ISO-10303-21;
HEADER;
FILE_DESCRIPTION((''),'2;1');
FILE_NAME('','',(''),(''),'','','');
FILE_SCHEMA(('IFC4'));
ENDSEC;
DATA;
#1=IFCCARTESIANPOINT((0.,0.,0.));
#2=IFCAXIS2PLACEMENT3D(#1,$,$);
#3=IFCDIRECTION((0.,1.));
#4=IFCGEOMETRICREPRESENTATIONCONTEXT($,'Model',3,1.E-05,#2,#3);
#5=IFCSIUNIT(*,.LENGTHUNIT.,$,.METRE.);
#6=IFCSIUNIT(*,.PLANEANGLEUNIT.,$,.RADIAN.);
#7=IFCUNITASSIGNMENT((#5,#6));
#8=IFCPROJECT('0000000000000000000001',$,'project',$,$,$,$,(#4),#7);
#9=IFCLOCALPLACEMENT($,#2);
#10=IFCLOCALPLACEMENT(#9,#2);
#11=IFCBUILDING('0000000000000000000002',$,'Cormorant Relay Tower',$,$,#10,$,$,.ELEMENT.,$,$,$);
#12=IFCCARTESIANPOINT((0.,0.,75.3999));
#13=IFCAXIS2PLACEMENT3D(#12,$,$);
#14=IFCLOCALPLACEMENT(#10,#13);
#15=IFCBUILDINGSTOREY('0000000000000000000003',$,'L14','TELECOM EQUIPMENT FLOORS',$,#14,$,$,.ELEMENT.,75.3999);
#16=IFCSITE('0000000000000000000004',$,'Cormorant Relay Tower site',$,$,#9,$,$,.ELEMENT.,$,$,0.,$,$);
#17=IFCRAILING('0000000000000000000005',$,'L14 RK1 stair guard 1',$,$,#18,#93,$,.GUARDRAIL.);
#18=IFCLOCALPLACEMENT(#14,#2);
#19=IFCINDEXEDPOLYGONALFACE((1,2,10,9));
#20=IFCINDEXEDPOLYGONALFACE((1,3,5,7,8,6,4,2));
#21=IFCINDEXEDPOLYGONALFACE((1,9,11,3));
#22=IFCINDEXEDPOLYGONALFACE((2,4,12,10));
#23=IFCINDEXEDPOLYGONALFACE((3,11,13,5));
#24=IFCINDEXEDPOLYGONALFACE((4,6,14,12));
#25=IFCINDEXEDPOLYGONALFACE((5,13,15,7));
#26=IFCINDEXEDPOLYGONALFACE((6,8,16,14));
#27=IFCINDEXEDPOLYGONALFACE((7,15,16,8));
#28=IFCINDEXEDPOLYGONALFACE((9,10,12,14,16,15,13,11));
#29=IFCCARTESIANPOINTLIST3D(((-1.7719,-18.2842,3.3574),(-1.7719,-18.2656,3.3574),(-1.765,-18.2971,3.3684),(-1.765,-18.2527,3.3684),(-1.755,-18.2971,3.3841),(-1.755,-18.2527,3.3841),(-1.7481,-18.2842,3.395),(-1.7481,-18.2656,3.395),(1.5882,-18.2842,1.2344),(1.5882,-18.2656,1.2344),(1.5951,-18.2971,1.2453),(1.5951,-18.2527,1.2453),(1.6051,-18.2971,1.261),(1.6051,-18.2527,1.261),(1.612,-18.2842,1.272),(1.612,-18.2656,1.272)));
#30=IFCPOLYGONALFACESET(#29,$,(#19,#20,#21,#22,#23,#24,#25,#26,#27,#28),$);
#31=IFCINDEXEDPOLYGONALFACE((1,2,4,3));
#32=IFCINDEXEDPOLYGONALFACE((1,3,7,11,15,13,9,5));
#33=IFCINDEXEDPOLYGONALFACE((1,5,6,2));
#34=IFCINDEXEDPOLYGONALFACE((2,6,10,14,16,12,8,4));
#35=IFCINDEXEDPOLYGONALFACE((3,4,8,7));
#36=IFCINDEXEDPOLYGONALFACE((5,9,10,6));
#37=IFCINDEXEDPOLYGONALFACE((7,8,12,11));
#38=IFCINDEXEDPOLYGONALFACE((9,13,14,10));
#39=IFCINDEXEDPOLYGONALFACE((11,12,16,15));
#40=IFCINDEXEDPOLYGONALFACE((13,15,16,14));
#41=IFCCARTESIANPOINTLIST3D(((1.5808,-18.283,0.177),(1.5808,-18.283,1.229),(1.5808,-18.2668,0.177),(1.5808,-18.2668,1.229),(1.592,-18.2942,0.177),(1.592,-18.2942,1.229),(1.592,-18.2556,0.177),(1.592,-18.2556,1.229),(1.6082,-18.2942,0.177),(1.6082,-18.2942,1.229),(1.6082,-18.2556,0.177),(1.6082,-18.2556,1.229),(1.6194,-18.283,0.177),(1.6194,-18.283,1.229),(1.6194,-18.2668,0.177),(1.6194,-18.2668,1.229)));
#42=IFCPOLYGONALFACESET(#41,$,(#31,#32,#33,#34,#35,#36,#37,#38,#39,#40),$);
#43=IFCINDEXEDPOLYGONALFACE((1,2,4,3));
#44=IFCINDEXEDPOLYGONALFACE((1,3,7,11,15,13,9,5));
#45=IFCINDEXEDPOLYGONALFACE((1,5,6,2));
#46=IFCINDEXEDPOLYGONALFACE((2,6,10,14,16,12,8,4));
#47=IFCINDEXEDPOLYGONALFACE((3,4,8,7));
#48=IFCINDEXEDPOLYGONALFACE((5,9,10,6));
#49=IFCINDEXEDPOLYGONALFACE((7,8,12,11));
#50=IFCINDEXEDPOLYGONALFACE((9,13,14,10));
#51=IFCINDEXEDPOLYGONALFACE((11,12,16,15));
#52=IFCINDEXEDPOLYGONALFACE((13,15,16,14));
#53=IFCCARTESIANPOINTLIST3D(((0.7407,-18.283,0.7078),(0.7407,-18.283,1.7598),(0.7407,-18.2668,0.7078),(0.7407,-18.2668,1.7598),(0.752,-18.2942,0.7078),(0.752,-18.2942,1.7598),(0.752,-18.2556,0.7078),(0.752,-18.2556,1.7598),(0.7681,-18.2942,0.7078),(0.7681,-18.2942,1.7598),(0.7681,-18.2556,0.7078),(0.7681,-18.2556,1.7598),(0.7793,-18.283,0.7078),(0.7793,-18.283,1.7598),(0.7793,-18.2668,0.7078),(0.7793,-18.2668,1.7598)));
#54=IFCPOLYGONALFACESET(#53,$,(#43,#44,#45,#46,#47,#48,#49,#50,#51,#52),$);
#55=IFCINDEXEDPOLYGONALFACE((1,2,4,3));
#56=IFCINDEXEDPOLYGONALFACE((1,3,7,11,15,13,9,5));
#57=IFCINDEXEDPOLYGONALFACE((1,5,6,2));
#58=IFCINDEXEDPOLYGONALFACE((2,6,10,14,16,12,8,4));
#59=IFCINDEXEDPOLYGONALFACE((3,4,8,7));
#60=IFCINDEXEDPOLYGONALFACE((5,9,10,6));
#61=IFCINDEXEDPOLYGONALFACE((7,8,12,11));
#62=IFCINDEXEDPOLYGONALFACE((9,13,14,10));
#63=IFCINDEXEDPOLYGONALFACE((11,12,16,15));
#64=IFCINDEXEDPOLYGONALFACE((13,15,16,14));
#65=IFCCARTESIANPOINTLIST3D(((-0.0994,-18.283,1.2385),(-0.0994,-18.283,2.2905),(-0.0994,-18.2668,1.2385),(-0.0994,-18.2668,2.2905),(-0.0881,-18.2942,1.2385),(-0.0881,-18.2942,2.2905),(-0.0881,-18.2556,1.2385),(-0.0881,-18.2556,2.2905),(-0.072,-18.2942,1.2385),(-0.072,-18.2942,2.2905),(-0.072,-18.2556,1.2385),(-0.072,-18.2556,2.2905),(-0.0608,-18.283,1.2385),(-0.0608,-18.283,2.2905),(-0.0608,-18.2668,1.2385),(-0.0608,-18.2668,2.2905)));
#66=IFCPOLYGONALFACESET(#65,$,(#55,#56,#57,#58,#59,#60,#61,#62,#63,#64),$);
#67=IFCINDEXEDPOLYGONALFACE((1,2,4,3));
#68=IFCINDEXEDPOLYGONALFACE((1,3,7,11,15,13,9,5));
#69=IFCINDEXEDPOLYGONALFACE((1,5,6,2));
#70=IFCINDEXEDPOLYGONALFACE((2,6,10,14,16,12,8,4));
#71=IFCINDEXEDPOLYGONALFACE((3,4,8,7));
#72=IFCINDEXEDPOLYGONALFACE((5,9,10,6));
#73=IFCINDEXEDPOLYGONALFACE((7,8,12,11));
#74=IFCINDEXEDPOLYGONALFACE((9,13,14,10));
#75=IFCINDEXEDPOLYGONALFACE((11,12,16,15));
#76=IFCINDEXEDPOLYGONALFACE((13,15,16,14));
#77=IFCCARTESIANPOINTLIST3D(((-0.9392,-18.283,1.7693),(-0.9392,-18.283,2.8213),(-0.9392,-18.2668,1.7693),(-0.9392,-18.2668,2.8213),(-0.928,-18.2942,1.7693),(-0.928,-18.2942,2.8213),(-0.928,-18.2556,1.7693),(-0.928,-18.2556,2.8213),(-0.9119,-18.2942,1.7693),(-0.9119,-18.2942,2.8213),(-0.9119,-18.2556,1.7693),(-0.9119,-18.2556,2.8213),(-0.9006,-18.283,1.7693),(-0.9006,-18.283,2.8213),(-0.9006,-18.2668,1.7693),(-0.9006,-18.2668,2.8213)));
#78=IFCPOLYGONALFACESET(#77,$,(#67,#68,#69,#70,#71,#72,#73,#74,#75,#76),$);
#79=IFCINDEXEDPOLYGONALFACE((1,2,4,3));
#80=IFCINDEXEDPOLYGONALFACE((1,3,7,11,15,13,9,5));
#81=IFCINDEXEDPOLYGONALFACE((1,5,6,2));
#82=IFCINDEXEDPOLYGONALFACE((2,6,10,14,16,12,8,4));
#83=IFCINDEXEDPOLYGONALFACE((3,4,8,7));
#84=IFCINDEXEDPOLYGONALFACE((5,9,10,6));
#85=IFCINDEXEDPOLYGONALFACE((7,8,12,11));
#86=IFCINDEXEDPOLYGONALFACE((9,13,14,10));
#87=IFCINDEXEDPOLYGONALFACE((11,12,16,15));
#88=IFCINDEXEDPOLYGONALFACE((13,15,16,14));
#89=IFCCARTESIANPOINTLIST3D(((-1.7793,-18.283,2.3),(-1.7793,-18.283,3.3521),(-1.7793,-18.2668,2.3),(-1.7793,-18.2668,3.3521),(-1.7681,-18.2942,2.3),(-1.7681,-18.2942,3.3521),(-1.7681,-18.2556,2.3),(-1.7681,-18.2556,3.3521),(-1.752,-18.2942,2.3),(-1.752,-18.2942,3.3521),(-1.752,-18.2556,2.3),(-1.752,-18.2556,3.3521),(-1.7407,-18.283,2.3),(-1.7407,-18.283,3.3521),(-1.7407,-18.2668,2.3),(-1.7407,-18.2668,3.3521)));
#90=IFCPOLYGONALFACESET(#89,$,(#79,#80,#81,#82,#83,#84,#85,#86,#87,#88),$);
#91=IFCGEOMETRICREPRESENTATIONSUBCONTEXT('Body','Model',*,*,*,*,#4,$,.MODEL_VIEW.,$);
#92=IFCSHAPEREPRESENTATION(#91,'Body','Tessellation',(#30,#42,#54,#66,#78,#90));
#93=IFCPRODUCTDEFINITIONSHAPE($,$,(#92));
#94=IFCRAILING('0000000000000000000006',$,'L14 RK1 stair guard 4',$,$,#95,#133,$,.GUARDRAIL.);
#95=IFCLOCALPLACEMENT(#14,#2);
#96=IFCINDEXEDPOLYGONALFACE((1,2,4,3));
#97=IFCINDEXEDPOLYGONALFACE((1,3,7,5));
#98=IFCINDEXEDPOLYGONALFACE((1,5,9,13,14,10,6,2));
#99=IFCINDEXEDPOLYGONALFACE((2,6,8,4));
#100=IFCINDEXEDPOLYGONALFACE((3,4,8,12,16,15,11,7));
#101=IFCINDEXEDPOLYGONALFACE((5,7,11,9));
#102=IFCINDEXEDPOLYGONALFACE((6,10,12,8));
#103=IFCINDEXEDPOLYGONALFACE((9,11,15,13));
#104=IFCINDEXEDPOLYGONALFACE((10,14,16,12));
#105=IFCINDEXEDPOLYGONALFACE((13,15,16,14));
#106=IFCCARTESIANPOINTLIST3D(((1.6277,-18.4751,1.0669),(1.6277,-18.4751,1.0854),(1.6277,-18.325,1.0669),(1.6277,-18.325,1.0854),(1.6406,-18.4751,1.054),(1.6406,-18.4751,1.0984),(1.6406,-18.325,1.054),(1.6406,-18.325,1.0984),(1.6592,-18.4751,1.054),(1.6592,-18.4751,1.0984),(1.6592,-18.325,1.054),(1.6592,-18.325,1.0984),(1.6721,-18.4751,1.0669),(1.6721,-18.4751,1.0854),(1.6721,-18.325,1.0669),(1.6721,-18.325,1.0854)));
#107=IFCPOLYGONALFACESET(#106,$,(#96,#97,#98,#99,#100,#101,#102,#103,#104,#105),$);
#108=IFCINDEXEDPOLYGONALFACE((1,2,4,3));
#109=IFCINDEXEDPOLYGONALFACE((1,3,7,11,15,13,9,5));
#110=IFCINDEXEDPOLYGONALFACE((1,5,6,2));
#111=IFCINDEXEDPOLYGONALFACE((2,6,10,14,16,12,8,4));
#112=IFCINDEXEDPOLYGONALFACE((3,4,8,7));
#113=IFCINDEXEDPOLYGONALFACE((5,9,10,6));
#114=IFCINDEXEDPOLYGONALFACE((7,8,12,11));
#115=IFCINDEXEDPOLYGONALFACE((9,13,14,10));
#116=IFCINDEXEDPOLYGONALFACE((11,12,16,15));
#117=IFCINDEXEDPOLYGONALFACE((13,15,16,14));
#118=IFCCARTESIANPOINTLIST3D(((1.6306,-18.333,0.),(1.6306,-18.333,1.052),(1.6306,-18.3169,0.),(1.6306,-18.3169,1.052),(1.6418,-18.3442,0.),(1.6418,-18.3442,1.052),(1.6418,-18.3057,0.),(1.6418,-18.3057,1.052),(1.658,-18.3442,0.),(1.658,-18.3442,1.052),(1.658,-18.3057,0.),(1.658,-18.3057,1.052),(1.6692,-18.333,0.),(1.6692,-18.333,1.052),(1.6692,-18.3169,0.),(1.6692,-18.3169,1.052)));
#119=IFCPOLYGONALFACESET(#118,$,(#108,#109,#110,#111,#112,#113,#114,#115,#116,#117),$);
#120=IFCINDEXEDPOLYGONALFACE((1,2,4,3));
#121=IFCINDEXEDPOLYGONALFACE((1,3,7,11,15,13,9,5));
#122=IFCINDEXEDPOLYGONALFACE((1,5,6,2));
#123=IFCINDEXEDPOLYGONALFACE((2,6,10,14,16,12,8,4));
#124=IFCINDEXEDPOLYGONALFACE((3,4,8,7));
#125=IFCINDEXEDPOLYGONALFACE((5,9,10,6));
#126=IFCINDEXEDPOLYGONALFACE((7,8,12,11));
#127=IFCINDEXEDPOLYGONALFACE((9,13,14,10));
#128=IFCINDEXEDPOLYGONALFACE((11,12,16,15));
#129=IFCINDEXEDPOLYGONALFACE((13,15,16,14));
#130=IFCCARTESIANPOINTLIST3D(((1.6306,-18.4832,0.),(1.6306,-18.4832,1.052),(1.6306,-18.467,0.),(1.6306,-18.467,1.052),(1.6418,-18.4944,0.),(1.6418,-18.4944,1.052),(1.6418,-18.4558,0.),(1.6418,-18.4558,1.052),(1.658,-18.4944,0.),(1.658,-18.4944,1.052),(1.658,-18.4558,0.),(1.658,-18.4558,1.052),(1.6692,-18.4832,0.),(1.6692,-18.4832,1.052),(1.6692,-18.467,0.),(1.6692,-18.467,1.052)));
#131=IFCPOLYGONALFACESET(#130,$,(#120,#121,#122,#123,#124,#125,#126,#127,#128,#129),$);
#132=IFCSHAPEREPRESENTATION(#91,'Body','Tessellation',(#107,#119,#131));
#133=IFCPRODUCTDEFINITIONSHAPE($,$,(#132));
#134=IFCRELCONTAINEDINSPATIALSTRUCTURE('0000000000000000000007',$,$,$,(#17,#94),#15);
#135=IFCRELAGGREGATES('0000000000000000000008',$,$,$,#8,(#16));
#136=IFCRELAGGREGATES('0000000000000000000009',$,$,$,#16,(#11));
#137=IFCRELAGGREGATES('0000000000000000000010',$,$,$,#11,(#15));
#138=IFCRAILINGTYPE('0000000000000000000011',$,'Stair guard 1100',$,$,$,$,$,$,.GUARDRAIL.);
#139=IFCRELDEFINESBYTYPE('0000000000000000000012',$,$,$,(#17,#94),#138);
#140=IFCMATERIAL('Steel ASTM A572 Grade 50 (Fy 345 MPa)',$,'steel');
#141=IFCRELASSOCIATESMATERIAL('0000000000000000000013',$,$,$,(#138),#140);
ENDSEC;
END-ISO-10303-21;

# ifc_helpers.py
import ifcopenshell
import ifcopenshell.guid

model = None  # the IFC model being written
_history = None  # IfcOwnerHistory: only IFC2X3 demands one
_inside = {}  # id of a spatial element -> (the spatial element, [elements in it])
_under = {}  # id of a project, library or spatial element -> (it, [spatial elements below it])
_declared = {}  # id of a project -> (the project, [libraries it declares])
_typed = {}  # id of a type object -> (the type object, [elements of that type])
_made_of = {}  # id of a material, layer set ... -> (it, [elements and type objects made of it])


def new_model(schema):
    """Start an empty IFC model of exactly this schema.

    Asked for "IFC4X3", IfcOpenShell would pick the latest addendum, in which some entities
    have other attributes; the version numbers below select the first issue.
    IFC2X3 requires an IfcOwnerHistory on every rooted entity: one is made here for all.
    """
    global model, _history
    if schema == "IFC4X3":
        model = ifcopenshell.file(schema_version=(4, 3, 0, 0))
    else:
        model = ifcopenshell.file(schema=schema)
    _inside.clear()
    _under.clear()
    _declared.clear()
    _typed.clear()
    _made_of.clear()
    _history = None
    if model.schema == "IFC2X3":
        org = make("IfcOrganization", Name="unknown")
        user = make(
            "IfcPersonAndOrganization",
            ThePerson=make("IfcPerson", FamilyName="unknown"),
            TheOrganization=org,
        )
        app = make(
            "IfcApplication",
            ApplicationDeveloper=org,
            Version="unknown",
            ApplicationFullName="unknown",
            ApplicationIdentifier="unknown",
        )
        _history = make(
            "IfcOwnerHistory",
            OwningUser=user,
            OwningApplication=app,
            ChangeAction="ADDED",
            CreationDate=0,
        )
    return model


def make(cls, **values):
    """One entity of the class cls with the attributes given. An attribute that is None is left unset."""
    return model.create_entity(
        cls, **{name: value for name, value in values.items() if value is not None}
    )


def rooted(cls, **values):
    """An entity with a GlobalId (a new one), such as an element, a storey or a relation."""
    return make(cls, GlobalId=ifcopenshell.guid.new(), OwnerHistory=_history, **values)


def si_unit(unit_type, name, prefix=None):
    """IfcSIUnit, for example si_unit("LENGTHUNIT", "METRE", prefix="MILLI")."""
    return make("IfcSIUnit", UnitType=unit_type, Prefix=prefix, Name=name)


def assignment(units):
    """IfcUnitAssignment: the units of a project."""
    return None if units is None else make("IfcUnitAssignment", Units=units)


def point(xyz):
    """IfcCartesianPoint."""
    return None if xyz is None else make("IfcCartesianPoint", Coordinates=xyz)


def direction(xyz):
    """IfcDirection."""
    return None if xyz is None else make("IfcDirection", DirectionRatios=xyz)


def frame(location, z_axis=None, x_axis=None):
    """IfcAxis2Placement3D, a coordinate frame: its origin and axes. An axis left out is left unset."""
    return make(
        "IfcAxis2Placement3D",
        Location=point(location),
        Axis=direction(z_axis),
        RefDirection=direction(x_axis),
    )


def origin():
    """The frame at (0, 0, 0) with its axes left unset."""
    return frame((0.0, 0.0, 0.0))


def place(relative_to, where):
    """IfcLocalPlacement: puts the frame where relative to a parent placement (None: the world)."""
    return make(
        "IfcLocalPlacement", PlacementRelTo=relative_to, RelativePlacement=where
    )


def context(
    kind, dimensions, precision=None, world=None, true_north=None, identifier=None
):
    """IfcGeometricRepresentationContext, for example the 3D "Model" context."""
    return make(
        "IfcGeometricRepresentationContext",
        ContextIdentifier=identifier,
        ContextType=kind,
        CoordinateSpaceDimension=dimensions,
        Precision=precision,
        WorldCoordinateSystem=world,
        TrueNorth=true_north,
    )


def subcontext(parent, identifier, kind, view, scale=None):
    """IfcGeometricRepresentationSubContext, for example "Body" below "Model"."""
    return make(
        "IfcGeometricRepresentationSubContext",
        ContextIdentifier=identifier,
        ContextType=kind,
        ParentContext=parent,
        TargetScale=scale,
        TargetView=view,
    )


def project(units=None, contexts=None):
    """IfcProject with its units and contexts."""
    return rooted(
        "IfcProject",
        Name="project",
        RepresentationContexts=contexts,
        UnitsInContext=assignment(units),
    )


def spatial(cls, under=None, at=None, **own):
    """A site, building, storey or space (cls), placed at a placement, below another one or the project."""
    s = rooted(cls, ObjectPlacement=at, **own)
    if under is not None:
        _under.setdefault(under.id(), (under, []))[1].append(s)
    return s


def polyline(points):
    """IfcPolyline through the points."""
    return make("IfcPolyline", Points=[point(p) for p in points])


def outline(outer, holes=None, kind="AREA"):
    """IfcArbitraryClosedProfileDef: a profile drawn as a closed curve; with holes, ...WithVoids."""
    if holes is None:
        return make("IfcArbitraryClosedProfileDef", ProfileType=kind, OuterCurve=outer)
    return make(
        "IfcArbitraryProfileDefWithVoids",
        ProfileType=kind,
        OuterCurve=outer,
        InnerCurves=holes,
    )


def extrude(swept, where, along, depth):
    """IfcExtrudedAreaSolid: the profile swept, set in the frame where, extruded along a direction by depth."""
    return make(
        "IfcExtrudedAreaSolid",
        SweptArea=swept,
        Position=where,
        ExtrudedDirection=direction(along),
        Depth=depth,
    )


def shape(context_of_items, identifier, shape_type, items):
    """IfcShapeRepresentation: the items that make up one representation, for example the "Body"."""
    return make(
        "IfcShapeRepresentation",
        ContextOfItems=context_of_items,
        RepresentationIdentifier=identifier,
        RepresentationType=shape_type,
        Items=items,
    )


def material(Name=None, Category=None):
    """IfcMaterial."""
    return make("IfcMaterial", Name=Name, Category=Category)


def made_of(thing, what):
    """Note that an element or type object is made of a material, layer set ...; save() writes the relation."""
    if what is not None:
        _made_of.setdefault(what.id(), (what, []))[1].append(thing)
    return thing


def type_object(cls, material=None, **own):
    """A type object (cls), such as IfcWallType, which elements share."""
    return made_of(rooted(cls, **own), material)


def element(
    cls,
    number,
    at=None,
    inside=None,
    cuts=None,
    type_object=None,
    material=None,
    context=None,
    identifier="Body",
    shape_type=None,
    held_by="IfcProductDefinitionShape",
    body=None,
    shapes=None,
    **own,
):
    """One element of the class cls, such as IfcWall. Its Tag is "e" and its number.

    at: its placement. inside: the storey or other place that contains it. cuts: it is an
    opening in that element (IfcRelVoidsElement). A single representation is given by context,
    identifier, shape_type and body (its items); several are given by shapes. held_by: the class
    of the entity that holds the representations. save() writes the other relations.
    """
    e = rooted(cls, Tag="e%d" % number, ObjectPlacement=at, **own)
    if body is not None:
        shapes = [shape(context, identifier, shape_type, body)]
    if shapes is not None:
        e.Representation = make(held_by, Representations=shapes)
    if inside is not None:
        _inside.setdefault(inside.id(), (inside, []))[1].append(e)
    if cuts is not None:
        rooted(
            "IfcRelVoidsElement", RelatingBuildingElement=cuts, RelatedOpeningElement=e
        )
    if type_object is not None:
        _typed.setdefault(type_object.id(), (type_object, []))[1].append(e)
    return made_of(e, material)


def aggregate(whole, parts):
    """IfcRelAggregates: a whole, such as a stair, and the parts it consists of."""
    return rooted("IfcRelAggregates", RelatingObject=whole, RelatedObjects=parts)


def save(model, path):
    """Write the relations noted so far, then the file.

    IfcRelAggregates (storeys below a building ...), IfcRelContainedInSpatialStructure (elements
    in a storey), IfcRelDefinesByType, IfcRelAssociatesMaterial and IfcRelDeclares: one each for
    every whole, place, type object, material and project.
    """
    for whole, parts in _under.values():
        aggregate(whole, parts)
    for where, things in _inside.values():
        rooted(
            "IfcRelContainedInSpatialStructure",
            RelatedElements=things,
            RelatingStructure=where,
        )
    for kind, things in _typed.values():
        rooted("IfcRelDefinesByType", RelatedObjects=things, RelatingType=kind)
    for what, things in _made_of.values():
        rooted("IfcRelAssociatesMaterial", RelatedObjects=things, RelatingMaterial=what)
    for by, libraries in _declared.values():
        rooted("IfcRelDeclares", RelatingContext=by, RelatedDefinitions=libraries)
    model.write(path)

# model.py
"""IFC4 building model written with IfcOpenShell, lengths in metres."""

from ifc_helpers import new_model, si_unit, direction, frame, origin, place, context, subcontext, project, spatial, polyline, outline, extrude, material, type_object, element, save


model = new_model("IFC4")

# Units and contexts
model_context = context("Model", 3, precision=1e-05, world=origin(), true_north=direction((0.0, 1.0)))
body_context = subcontext(model_context, "Body", "Model", "MODEL_VIEW")
ifc_project = project(units=[si_unit("LENGTHUNIT", "METRE"), si_unit("PLANEANGLEUNIT", "RADIAN")], contexts=[model_context])

# Site, building, storey
site_placement = place(None, origin())
site = spatial("IfcSite", under=ifc_project, at=site_placement, Name="Cormorant Relay Tower site", CompositionType="ELEMENT", RefElevation=0.0)
building_placement = place(site_placement, origin())
building = spatial("IfcBuilding", under=site, at=building_placement, Name="Cormorant Relay Tower", CompositionType="ELEMENT")
storey_placement = place(building_placement, frame((0.0, 0.0, 75.3999)))
storey = spatial("IfcBuildingStorey", under=building, at=storey_placement, Name="L14", Description="TELECOM EQUIPMENT FLOORS", CompositionType="ELEMENT", Elevation=75.3999)

# Railings
ifc_material_1 = material(Name="Steel ASTM A572 Grade 50 (Fy 345 MPa)", Category="steel")
railing_type_1 = type_object("IfcRailingType", Name="Stair guard 1100", PredefinedType="GUARDRAIL", material=ifc_material_1)
railing_1_placement = place(storey_placement, frame((1.6001, -18.2749, 0.177)))
element("IfcRailing", 1, at=railing_1_placement, inside=storey, type_object=railing_type_1, Name="L14 RK1 stair guard 1", PredefinedType="GUARDRAIL", context=body_context, shape_type="SweptSolid", body=[
    extrude(outline(polyline([(0.0222, 0.0093), (0.0093, 0.0222), (-0.0093, 0.0222), (-0.0222, 0.0093), (-0.0222, -0.0093), (-0.0093, -0.0222), (0.0093, -0.0222), (0.0222, -0.0093), (0.0222, 0.0093)])), frame((0.0, 0.0, 1.0762), z_axis=(-0.84539, 0.0, 0.53415), x_axis=(0.0, -1.0, 0.0)), (0.0, 0.0, 1.0), 3.9746),
    extrude(outline(polyline([(0.0193, 0.0081), (0.0081, 0.0193), (-0.0081, 0.0193), (-0.0193, 0.0081), (-0.0193, -0.0081), (-0.0081, -0.0193), (0.0081, -0.0193), (0.0193, -0.0081), (0.0193, 0.0081)])), origin(), (0.0, 0.0, 1.0), 1.052),
    extrude(outline(polyline([(0.0193, 0.0081), (0.0081, 0.0193), (-0.0081, 0.0193), (-0.0193, 0.0081), (-0.0193, -0.0081), (-0.0081, -0.0193), (0.0081, -0.0193), (0.0193, -0.0081), (0.0193, 0.0081)])), frame((-0.8401, 0.0, 0.5308)), (0.0, 0.0, 1.0), 1.052),
    extrude(outline(polyline([(0.0193, 0.0081), (0.0081, 0.0193), (-0.0081, 0.0193), (-0.0193, 0.0081), (-0.0193, -0.0081), (-0.0081, -0.0193), (0.0081, -0.0193), (0.0193, -0.0081), (0.0193, 0.0081)])), frame((-1.6802, 0.0, 1.0615)), (0.0, 0.0, 1.0), 1.052),
    extrude(outline(polyline([(0.0193, 0.0081), (0.0081, 0.0193), (-0.0081, 0.0193), (-0.0193, 0.0081), (-0.0193, -0.0081), (-0.0081, -0.0193), (0.0081, -0.0193), (0.0193, -0.0081), (0.0193, 0.0081)])), frame((-2.52, 0.0, 1.5923)), (0.0, 0.0, 1.0), 1.052),
    extrude(outline(polyline([(0.0193, 0.0081), (0.0081, 0.0193), (-0.0081, 0.0193), (-0.0193, 0.0081), (-0.0193, -0.0081), (-0.0081, -0.0193), (0.0081, -0.0193), (0.0193, -0.0081), (0.0193, 0.0081)])), frame((-3.3601, 0.0, 2.123)), (0.0, 0.0, 1.0), 1.052),
])
railing_2_placement = place(storey_placement, frame((1.6499, -18.325, 0.0)))
element("IfcRailing", 2, at=railing_2_placement, inside=storey, type_object=railing_type_1, Name="L14 RK1 stair guard 4", PredefinedType="GUARDRAIL", context=body_context, shape_type="SweptSolid", body=[
    extrude(outline(polyline([(0.0222, 0.0093), (0.0093, 0.0222), (-0.0093, 0.0222), (-0.0222, 0.0093), (-0.0222, -0.0093), (-0.0093, -0.0222), (0.0093, -0.0222), (0.0222, -0.0093), (0.0222, 0.0093)])), frame((0.0, 0.0, 1.0762), z_axis=(0.0, -1.0, 0.0), x_axis=(1.0, 0.0, 0.0)), (0.0, 0.0, 1.0), 0.1501),
    extrude(outline(polyline([(0.0193, 0.0081), (0.0081, 0.0193), (-0.0081, 0.0193), (-0.0193, 0.0081), (-0.0193, -0.0081), (-0.0081, -0.0193), (0.0081, -0.0193), (0.0193, -0.0081), (0.0193, 0.0081)])), origin(), (0.0, 0.0, 1.0), 1.052),
    extrude(outline(polyline([(0.0193, 0.0081), (0.0081, 0.0193), (-0.0081, 0.0193), (-0.0193, 0.0081), (-0.0193, -0.0081), (-0.0081, -0.0193), (0.0081, -0.0193), (0.0193, -0.0081), (0.0193, 0.0081)])), frame((0.0, -0.1501, 0.0)), (0.0, 0.0, 1.0), 1.052),
])

save(model, "model.ifc")
